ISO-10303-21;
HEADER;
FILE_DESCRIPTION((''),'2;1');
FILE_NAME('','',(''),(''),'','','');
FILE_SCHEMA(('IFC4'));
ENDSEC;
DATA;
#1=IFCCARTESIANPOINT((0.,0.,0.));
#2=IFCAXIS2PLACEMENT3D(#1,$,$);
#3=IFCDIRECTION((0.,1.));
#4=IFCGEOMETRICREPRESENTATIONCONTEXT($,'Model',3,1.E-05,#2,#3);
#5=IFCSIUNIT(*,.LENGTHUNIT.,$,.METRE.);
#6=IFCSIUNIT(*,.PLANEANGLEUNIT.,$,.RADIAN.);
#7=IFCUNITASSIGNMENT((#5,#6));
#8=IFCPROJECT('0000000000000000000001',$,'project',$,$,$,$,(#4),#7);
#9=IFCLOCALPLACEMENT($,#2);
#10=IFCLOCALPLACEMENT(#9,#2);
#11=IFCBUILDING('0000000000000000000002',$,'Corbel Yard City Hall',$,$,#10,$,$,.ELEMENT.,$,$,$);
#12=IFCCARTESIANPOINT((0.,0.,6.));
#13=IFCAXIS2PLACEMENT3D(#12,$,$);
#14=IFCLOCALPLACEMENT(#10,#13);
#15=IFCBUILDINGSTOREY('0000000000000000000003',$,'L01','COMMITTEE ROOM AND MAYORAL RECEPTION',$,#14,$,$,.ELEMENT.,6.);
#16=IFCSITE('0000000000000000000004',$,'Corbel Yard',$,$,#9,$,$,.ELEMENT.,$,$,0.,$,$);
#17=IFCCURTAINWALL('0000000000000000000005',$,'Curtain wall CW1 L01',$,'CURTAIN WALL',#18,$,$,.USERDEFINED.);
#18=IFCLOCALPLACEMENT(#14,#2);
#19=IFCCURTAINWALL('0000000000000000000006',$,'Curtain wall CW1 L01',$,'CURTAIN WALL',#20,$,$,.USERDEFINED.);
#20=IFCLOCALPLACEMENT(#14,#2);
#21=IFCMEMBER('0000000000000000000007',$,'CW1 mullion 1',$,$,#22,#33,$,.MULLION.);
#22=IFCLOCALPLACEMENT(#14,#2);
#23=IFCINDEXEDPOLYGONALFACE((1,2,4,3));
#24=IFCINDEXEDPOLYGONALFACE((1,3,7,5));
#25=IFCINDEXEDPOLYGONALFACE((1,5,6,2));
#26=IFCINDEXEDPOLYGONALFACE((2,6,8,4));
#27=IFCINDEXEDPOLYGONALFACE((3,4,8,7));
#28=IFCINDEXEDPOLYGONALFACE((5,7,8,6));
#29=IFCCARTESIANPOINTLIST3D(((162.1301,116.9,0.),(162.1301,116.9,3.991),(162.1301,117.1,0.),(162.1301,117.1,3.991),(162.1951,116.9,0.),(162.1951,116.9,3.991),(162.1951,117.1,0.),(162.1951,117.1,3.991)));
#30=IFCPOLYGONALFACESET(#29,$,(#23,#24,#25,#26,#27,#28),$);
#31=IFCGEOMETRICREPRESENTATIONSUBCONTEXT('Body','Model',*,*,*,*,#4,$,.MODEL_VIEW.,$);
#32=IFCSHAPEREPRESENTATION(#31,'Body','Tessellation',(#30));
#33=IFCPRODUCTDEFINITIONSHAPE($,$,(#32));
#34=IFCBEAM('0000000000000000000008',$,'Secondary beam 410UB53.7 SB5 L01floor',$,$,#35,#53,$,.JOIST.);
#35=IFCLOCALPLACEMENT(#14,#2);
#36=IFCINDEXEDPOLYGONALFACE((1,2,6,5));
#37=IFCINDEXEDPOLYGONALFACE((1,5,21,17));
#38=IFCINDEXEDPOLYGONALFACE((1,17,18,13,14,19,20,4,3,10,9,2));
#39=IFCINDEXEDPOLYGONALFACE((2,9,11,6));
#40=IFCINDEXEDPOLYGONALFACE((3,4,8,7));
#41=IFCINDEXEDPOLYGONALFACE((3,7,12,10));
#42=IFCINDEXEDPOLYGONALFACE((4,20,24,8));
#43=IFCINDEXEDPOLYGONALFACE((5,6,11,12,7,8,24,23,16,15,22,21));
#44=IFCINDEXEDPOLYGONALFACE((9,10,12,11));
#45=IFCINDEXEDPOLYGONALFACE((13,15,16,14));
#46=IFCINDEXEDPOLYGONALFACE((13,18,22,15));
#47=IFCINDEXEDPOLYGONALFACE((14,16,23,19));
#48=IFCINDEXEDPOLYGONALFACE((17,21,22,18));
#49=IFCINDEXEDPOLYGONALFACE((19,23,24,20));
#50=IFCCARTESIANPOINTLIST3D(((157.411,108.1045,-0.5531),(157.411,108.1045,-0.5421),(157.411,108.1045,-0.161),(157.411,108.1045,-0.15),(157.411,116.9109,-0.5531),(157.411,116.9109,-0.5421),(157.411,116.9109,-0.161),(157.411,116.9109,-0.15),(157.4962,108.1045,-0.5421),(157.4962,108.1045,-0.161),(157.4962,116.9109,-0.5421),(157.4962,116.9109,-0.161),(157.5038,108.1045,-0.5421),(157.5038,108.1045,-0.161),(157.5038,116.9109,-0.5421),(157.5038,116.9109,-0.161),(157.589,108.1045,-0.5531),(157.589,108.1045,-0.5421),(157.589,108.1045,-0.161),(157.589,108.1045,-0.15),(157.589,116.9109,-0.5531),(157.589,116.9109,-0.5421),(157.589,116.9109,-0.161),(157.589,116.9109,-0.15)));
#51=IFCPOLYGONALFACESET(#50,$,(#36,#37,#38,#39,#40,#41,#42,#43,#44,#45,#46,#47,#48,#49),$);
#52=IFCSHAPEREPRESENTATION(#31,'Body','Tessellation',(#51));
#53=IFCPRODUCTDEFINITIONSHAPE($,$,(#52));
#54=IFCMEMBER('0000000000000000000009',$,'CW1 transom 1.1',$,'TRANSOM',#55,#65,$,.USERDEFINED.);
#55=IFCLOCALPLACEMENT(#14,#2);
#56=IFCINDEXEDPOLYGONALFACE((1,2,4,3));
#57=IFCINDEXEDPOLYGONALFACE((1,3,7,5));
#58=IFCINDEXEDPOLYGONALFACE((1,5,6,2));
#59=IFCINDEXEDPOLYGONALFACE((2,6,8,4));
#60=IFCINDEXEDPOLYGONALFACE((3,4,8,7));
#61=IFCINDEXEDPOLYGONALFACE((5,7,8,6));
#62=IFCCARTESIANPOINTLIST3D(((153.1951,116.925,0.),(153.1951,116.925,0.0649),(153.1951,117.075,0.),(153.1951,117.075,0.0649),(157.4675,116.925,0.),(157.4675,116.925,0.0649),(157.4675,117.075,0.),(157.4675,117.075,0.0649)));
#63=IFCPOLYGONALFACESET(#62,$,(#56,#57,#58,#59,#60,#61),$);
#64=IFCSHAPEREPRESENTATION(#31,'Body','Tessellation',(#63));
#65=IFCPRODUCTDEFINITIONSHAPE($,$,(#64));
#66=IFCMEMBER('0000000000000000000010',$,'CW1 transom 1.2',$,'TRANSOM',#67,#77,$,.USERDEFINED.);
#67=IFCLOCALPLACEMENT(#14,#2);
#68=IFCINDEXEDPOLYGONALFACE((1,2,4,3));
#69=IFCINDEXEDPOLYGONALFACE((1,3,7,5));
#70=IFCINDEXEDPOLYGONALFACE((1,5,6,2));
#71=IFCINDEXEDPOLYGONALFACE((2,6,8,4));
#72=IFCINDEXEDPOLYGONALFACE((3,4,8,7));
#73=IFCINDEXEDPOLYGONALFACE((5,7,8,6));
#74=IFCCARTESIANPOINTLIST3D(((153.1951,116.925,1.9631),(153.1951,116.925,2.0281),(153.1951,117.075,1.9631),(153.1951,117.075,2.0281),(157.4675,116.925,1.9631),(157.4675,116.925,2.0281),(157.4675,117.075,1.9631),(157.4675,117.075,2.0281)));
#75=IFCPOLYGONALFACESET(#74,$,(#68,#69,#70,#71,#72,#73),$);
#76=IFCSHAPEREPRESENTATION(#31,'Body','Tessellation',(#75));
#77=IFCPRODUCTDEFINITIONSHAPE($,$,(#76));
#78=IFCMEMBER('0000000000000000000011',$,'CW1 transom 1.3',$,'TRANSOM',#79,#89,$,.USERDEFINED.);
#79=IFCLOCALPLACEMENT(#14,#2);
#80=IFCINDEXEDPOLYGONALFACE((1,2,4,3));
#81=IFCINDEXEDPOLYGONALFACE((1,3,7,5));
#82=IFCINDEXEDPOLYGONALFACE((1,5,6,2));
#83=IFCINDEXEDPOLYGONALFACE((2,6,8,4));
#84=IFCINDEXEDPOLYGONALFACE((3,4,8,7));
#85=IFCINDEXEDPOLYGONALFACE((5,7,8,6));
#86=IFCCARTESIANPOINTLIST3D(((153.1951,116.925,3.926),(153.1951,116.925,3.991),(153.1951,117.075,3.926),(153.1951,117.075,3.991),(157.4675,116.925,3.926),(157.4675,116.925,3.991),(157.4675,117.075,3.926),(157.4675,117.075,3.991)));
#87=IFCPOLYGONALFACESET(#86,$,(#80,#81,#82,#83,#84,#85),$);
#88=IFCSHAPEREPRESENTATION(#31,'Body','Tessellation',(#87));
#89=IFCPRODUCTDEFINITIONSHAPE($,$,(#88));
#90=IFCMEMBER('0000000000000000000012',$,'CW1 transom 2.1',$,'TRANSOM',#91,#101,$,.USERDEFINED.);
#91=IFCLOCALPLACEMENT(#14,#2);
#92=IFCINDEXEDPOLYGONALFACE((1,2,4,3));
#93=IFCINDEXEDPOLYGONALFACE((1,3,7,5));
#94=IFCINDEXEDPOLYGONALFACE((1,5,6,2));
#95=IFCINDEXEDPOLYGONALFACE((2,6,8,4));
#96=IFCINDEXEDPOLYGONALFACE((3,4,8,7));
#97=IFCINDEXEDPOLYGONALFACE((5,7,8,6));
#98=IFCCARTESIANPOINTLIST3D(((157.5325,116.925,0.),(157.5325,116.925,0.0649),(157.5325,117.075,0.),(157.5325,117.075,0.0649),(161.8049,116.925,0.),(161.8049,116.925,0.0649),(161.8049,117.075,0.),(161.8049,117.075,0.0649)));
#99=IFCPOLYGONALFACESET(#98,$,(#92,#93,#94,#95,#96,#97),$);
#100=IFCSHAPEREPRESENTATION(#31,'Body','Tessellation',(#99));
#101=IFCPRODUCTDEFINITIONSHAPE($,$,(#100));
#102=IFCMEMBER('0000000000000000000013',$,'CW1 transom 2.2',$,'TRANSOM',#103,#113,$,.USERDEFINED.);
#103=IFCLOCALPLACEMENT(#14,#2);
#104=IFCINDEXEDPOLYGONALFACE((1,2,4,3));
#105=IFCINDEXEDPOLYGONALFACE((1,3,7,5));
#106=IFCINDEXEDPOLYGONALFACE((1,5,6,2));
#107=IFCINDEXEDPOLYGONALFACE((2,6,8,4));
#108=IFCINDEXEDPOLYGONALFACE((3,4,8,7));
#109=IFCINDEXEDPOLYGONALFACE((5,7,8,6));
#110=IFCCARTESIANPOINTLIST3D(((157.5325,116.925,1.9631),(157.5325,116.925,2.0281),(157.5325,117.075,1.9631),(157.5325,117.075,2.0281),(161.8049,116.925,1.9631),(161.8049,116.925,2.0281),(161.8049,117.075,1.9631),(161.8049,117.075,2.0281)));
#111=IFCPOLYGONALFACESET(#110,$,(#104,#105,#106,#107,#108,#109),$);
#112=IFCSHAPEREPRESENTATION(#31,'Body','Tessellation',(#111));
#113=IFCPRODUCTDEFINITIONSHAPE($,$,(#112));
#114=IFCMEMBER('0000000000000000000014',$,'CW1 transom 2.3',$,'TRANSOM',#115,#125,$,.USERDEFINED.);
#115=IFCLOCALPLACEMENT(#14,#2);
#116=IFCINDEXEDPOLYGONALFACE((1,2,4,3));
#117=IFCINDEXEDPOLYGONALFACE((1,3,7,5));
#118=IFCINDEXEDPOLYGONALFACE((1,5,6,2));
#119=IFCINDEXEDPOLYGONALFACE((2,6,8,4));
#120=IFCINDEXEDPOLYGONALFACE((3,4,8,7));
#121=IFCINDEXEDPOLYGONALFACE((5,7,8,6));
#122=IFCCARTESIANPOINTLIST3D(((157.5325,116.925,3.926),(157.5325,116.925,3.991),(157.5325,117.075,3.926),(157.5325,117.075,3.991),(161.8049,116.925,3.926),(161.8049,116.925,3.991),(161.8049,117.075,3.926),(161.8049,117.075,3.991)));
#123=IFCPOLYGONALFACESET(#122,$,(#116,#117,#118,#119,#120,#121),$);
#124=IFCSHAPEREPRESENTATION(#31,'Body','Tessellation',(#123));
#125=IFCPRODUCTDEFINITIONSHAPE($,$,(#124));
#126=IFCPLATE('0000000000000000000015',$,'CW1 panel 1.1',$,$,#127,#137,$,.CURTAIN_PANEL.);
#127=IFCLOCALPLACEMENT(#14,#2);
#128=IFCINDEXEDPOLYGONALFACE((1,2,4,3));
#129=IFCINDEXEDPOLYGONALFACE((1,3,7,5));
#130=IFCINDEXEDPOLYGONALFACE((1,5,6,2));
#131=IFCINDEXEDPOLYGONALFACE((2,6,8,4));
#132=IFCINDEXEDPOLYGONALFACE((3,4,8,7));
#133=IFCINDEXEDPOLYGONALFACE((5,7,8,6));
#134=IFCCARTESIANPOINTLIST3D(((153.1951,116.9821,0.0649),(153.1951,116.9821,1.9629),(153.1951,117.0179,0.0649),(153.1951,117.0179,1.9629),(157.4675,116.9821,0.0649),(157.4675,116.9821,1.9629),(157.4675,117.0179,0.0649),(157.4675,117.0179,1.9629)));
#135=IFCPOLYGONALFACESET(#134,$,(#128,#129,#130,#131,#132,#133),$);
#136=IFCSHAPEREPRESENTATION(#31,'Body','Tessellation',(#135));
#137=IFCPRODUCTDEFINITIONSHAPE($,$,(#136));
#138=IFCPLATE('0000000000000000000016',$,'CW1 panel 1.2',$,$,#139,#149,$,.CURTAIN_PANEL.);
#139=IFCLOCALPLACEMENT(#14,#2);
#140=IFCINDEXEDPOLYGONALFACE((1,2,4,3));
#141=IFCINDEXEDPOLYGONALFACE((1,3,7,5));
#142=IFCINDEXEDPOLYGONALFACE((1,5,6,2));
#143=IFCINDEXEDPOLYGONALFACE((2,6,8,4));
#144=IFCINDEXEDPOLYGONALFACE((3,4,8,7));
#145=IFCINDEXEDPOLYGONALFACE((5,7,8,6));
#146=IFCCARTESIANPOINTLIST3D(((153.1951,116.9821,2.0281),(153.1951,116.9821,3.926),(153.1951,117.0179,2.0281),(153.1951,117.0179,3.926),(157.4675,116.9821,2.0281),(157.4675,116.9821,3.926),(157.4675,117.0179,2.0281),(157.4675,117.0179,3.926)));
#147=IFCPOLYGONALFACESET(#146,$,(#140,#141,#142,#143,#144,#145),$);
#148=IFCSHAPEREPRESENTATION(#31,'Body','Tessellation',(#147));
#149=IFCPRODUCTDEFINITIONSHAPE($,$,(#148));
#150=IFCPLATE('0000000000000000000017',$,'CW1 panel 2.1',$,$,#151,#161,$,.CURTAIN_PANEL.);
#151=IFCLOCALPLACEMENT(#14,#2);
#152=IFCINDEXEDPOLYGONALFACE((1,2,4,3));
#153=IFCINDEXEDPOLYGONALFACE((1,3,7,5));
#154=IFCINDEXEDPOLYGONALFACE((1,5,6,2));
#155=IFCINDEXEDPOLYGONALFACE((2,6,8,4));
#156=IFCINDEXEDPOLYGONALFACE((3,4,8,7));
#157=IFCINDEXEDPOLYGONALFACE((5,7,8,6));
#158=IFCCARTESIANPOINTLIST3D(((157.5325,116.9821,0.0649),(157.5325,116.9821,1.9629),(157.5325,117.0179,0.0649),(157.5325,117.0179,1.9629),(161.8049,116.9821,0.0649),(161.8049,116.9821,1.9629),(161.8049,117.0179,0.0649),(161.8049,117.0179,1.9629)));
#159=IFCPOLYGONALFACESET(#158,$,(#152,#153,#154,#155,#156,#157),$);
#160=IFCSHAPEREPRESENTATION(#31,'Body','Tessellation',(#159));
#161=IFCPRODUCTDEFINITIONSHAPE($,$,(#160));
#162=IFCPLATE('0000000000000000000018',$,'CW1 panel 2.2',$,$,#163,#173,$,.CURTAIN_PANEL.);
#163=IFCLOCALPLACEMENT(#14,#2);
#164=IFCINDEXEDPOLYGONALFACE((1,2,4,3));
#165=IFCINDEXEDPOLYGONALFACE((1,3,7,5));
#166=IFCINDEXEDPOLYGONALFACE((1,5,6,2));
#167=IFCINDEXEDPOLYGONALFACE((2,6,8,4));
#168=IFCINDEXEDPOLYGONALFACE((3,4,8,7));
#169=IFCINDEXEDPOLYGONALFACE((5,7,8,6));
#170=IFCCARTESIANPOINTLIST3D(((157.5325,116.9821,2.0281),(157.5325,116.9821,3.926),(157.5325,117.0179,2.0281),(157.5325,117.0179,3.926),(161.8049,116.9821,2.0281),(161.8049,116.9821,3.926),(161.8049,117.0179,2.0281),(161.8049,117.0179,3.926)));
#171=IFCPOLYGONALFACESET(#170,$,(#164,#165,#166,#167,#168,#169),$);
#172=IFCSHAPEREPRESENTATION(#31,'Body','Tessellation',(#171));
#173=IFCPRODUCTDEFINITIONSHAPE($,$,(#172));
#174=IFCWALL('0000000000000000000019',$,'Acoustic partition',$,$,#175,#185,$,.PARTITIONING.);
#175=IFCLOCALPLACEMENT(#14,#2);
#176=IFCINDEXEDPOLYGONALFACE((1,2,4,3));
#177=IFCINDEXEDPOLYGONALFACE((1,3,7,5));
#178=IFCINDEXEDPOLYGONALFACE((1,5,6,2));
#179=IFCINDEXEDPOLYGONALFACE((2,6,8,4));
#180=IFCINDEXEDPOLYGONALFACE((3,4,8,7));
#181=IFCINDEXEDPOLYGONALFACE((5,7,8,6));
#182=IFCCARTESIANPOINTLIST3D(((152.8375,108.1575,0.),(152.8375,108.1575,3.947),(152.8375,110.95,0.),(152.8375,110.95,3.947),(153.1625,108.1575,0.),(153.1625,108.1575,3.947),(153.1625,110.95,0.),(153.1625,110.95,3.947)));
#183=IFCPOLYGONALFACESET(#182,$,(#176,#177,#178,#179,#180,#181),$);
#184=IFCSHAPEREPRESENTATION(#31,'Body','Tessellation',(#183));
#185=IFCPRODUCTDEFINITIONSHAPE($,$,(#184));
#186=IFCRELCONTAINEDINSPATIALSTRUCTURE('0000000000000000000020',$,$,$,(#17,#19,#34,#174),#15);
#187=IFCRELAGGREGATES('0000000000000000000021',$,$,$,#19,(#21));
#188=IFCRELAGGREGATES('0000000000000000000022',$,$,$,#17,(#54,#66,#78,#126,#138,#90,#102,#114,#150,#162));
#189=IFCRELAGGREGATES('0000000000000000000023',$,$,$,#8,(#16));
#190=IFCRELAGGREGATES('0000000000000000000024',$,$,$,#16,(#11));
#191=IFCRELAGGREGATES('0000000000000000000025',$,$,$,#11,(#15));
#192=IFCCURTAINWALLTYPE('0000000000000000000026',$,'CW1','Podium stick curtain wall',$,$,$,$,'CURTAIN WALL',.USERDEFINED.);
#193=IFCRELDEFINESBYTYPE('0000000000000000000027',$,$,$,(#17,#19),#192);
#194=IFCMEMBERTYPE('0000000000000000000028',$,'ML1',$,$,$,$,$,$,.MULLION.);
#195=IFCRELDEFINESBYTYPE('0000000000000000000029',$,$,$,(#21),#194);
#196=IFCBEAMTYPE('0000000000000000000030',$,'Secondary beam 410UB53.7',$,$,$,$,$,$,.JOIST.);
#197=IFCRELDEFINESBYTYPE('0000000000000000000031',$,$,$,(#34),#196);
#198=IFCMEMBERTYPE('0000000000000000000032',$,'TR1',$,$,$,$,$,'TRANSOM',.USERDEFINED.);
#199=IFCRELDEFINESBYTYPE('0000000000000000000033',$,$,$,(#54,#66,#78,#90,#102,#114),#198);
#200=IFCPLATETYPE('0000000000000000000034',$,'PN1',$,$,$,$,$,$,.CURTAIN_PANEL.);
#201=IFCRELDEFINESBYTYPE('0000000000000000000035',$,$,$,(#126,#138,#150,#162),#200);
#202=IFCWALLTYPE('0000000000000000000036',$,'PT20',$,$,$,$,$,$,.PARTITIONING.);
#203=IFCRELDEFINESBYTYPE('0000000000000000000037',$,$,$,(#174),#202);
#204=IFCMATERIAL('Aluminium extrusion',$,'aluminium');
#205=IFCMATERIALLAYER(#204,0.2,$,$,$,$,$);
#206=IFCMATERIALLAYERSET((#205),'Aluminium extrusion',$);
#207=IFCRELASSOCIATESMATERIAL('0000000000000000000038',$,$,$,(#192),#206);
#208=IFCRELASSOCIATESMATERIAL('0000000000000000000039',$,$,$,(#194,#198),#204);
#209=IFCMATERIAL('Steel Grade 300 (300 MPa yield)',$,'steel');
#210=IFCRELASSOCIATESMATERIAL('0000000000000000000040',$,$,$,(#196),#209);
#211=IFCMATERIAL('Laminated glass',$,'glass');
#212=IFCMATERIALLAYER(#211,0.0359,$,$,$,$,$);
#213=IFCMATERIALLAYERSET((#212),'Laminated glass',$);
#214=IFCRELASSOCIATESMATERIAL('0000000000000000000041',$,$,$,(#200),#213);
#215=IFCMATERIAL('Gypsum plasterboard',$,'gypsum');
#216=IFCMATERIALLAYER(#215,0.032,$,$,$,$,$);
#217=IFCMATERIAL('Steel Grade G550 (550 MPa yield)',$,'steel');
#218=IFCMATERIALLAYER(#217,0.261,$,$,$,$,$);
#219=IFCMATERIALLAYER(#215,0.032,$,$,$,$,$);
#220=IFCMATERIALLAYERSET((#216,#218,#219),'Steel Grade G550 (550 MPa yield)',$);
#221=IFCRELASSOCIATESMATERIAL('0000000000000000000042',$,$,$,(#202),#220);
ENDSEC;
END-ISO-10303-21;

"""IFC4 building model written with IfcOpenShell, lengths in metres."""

from ifc_helpers import new_model, si_unit, direction, frame, frame_2d, origin, origin_2d, place, context, subcontext, project, spatial, rectangle, i_section, extrude, material, layer, layer_set, material_profile, profile_set, type_object, element, aggregate, save


model = new_model("IFC4")

# Units and contexts
model_context = context("Model", 3, precision=1e-05, world=origin(), true_north=direction((0.0, 1.0)))
body_context = subcontext(model_context, "Body", "Model", "MODEL_VIEW")
ifc_project = project(units=[si_unit("LENGTHUNIT", "METRE"), si_unit("PLANEANGLEUNIT", "RADIAN")], contexts=[model_context])

# Site, building, storey
site_placement = place(None, origin())
site = spatial("IfcSite", under=ifc_project, at=site_placement, Name="Corbel Yard", CompositionType="ELEMENT", RefElevation=0.0)
building_placement = place(site_placement, origin())
building = spatial("IfcBuilding", under=site, at=building_placement, Name="Corbel Yard City Hall", CompositionType="ELEMENT")
storey_placement = place(building_placement, frame((0.0, 0.0, 6.0)))
storey = spatial("IfcBuildingStorey", under=building, at=storey_placement, Name="L01", Description="COMMITTEE ROOM AND MAYORAL RECEPTION", CompositionType="ELEMENT", Elevation=6.0)

# Shared definitions
ifc_material_1 = material(Name="Steel Grade 300 (300 MPa yield)", Category="steel")

# Curtain wall
ifc_material_2 = material(Name="Aluminium extrusion", Category="aluminium")
ifc_layer_1 = layer(ifc_material_2, 0.2)
ifc_layer_set_1 = layer_set([ifc_layer_1], Name="Aluminium extrusion")
curtain_wall_type = type_object("IfcCurtainWallType", Name="CW1", Description="Podium stick curtain wall", ElementType="CURTAIN WALL", PredefinedType="USERDEFINED", material=ifc_layer_set_1)
curtain_wall_1_placement = place(storey_placement, origin())
curtain_wall_1 = element("IfcCurtainWall", 1, at=curtain_wall_1_placement, inside=storey, type_object=curtain_wall_type, Name="Curtain wall CW1 L01", ObjectType="CURTAIN WALL", PredefinedType="USERDEFINED")
ifc_material_profile_1 = material_profile(ifc_material_2, rectangle(XDim=0.2, YDim=0.0649, at=origin_2d()), Name="200x65")
ifc_profile_set_1 = profile_set([ifc_material_profile_1], Name="Aluminium extrusion")
member_type_1 = type_object("IfcMemberType", Name="ML1", PredefinedType="MULLION", material=ifc_profile_set_1)

# Curtain wall, member
curtain_wall_2_placement = place(storey_placement, origin())
curtain_wall_2 = element("IfcCurtainWall", 2, at=curtain_wall_2_placement, inside=storey, type_object=curtain_wall_type, Name="Curtain wall CW1 L01", ObjectType="CURTAIN WALL", PredefinedType="USERDEFINED")
member_1_placement = place(storey_placement, frame((162.1626, 117.0, 0.0), z_axis=(0.0, 0.0, 1.0), x_axis=(0.0, 1.0, 0.0)))
member_1 = element("IfcMember", 3, at=member_1_placement, type_object=member_type_1, Name="CW1 mullion 1", PredefinedType="MULLION", context=body_context, shape_type="SweptSolid", body=[
    extrude(rectangle(XDim=0.2, YDim=0.0649, at=origin_2d()), origin(), (0.0, 0.0, 1.0), 3.991),
])
aggregate(curtain_wall_2, [member_1])

# Beam
ifc_material_profile_2 = material_profile(ifc_material_1, i_section(OverallWidth=0.178, OverallDepth=0.4031, WebThickness=0.0076, FlangeThickness=0.011, at=origin_2d()), Name="410UB53.7")
ifc_profile_set_2 = profile_set([ifc_material_profile_2], Name="Steel Grade 300 (300 MPa yield)")
beam_type_1 = type_object("IfcBeamType", Name="Secondary beam 410UB53.7", PredefinedType="JOIST", material=ifc_profile_set_2)
beam_1_placement = place(storey_placement, frame((157.5, 108.1045, -0.3516), z_axis=(0.0, 1.0, 0.0), x_axis=(-1.0, 0.0, 0.0)))
element("IfcBeam", 4, at=beam_1_placement, inside=storey, type_object=beam_type_1, Name="Secondary beam 410UB53.7 SB5 L01floor", PredefinedType="JOIST", context=body_context, shape_type="SweptSolid", body=[
    extrude(i_section(OverallWidth=0.178, OverallDepth=0.4031, WebThickness=0.0076, FlangeThickness=0.011, at=origin_2d()), origin(), (0.0, 0.0, 1.0), 8.8064),
])

# Members
ifc_material_profile_3 = material_profile(ifc_material_2, rectangle(XDim=0.1499, YDim=0.0649, at=origin_2d()), Name="150x65")
ifc_profile_set_3 = profile_set([ifc_material_profile_3], Name="Aluminium extrusion")
member_type_2 = type_object("IfcMemberType", Name="TR1", ElementType="TRANSOM", PredefinedType="USERDEFINED", material=ifc_profile_set_3)
member_2_placement = place(storey_placement, frame((153.1951, 117.0, 0.0325), z_axis=(1.0, 0.0, 0.0), x_axis=(0.0, 1.0, 0.0)))
member_2 = element("IfcMember", 5, at=member_2_placement, type_object=member_type_2, Name="CW1 transom 1.1", ObjectType="TRANSOM", PredefinedType="USERDEFINED", context=body_context, shape_type="SweptSolid", body=[
    extrude(rectangle(XDim=0.1499, YDim=0.0649, at=origin_2d()), origin(), (0.0, 0.0, 1.0), 4.2725),
])
member_3_placement = place(storey_placement, frame((153.1951, 117.0, 1.9956), z_axis=(1.0, 0.0, 0.0), x_axis=(0.0, 1.0, 0.0)))
member_3 = element("IfcMember", 6, at=member_3_placement, type_object=member_type_2, Name="CW1 transom 1.2", ObjectType="TRANSOM", PredefinedType="USERDEFINED", context=body_context, shape_type="SweptSolid", body=[
    extrude(rectangle(XDim=0.1499, YDim=0.0649, at=origin_2d()), origin(), (0.0, 0.0, 1.0), 4.2725),
])
member_4_placement = place(storey_placement, frame((153.1951, 117.0, 3.9585), z_axis=(1.0, 0.0, 0.0), x_axis=(0.0, 1.0, 0.0)))
member_4 = element("IfcMember", 7, at=member_4_placement, type_object=member_type_2, Name="CW1 transom 1.3", ObjectType="TRANSOM", PredefinedType="USERDEFINED", context=body_context, shape_type="SweptSolid", body=[
    extrude(rectangle(XDim=0.1499, YDim=0.0649, at=origin_2d()), origin(), (0.0, 0.0, 1.0), 4.2725),
])
member_5_placement = place(storey_placement, frame((157.5325, 117.0, 0.0325), z_axis=(1.0, 0.0, 0.0), x_axis=(0.0, 1.0, 0.0)))
member_5 = element("IfcMember", 8, at=member_5_placement, type_object=member_type_2, Name="CW1 transom 2.1", ObjectType="TRANSOM", PredefinedType="USERDEFINED", context=body_context, shape_type="SweptSolid", body=[
    extrude(rectangle(XDim=0.1499, YDim=0.0649, at=origin_2d()), origin(), (0.0, 0.0, 1.0), 4.2725),
])
member_6_placement = place(storey_placement, frame((157.5325, 117.0, 1.9956), z_axis=(1.0, 0.0, 0.0), x_axis=(0.0, 1.0, 0.0)))
member_6 = element("IfcMember", 9, at=member_6_placement, type_object=member_type_2, Name="CW1 transom 2.2", ObjectType="TRANSOM", PredefinedType="USERDEFINED", context=body_context, shape_type="SweptSolid", body=[
    extrude(rectangle(XDim=0.1499, YDim=0.0649, at=origin_2d()), origin(), (0.0, 0.0, 1.0), 4.2725),
])
member_7_placement = place(storey_placement, frame((157.5325, 117.0, 3.9585), z_axis=(1.0, 0.0, 0.0), x_axis=(0.0, 1.0, 0.0)))
member_7 = element("IfcMember", 10, at=member_7_placement, type_object=member_type_2, Name="CW1 transom 2.3", ObjectType="TRANSOM", PredefinedType="USERDEFINED", context=body_context, shape_type="SweptSolid", body=[
    extrude(rectangle(XDim=0.1499, YDim=0.0649, at=origin_2d()), origin(), (0.0, 0.0, 1.0), 4.2725),
])

# Plates
ifc_material_3 = material(Name="Laminated glass", Category="glass")
ifc_layer_2 = layer(ifc_material_3, 0.0359)
ifc_layer_set_2 = layer_set([ifc_layer_2], Name="Laminated glass")
plate_type = type_object("IfcPlateType", Name="PN1", PredefinedType="CURTAIN_PANEL", material=ifc_layer_set_2)
plate_1_placement = place(storey_placement, frame((155.3313, 117.0, 0.0649), z_axis=(0.0, 0.0, 1.0), x_axis=(1.0, 0.0, 0.0)))
plate_1 = element("IfcPlate", 11, at=plate_1_placement, type_object=plate_type, Name="CW1 panel 1.1", PredefinedType="CURTAIN_PANEL", context=body_context, shape_type="SweptSolid", body=[
    extrude(rectangle(XDim=4.2725, YDim=0.0359, at=origin_2d()), origin(), (0.0, 0.0, 1.0), 1.8979),
])
plate_2_placement = place(storey_placement, frame((155.3313, 117.0, 2.0281), z_axis=(0.0, 0.0, 1.0), x_axis=(1.0, 0.0, 0.0)))
plate_2 = element("IfcPlate", 12, at=plate_2_placement, type_object=plate_type, Name="CW1 panel 1.2", PredefinedType="CURTAIN_PANEL", context=body_context, shape_type="SweptSolid", body=[
    extrude(rectangle(XDim=4.2725, YDim=0.0359, at=origin_2d()), origin(), (0.0, 0.0, 1.0), 1.8979),
])
plate_3_placement = place(storey_placement, frame((159.6687, 117.0, 0.0649), z_axis=(0.0, 0.0, 1.0), x_axis=(1.0, 0.0, 0.0)))
plate_3 = element("IfcPlate", 13, at=plate_3_placement, type_object=plate_type, Name="CW1 panel 2.1", PredefinedType="CURTAIN_PANEL", context=body_context, shape_type="SweptSolid", body=[
    extrude(rectangle(XDim=4.2725, YDim=0.0359, at=origin_2d()), origin(), (0.0, 0.0, 1.0), 1.8979),
])
plate_4_placement = place(storey_placement, frame((159.6687, 117.0, 2.0281), z_axis=(0.0, 0.0, 1.0), x_axis=(1.0, 0.0, 0.0)))
plate_4 = element("IfcPlate", 14, at=plate_4_placement, type_object=plate_type, Name="CW1 panel 2.2", PredefinedType="CURTAIN_PANEL", context=body_context, shape_type="SweptSolid", body=[
    extrude(rectangle(XDim=4.2725, YDim=0.0359, at=origin_2d()), origin(), (0.0, 0.0, 1.0), 1.8979),
])
aggregate(curtain_wall_1, [member_2, member_3, member_4, plate_1, plate_2, member_5, member_6, member_7, plate_3, plate_4])

# Wall
ifc_material_4 = material(Name="Gypsum plasterboard", Category="gypsum")
ifc_layer_3 = layer(ifc_material_4, 0.032)
ifc_material_5 = material(Name="Steel Grade G550 (550 MPa yield)", Category="steel")
ifc_layer_4 = layer(ifc_material_5, 0.261)
ifc_layer_5 = layer(ifc_material_4, 0.032)
ifc_layer_set_3 = layer_set([ifc_layer_3, ifc_layer_4, ifc_layer_5], Name="Steel Grade G550 (550 MPa yield)")
wall_type_1 = type_object("IfcWallType", Name="PT20", PredefinedType="PARTITIONING", material=ifc_layer_set_3)
wall_1_placement = place(storey_placement, frame((153.0, 108.1575, 0.0), z_axis=(0.0, 0.0, 1.0), x_axis=(0.0, 1.0, 0.0)))
element("IfcWall", 15, at=wall_1_placement, inside=storey, type_object=wall_type_1, Name="Acoustic partition", PredefinedType="PARTITIONING", context=body_context, shape_type="SweptSolid", body=[
    extrude(rectangle(XDim=2.7925, YDim=0.325, at=frame_2d((1.3962, 0.0))), origin(), (0.0, 0.0, 1.0), 3.947),
])

save(model, "model.ifc")
